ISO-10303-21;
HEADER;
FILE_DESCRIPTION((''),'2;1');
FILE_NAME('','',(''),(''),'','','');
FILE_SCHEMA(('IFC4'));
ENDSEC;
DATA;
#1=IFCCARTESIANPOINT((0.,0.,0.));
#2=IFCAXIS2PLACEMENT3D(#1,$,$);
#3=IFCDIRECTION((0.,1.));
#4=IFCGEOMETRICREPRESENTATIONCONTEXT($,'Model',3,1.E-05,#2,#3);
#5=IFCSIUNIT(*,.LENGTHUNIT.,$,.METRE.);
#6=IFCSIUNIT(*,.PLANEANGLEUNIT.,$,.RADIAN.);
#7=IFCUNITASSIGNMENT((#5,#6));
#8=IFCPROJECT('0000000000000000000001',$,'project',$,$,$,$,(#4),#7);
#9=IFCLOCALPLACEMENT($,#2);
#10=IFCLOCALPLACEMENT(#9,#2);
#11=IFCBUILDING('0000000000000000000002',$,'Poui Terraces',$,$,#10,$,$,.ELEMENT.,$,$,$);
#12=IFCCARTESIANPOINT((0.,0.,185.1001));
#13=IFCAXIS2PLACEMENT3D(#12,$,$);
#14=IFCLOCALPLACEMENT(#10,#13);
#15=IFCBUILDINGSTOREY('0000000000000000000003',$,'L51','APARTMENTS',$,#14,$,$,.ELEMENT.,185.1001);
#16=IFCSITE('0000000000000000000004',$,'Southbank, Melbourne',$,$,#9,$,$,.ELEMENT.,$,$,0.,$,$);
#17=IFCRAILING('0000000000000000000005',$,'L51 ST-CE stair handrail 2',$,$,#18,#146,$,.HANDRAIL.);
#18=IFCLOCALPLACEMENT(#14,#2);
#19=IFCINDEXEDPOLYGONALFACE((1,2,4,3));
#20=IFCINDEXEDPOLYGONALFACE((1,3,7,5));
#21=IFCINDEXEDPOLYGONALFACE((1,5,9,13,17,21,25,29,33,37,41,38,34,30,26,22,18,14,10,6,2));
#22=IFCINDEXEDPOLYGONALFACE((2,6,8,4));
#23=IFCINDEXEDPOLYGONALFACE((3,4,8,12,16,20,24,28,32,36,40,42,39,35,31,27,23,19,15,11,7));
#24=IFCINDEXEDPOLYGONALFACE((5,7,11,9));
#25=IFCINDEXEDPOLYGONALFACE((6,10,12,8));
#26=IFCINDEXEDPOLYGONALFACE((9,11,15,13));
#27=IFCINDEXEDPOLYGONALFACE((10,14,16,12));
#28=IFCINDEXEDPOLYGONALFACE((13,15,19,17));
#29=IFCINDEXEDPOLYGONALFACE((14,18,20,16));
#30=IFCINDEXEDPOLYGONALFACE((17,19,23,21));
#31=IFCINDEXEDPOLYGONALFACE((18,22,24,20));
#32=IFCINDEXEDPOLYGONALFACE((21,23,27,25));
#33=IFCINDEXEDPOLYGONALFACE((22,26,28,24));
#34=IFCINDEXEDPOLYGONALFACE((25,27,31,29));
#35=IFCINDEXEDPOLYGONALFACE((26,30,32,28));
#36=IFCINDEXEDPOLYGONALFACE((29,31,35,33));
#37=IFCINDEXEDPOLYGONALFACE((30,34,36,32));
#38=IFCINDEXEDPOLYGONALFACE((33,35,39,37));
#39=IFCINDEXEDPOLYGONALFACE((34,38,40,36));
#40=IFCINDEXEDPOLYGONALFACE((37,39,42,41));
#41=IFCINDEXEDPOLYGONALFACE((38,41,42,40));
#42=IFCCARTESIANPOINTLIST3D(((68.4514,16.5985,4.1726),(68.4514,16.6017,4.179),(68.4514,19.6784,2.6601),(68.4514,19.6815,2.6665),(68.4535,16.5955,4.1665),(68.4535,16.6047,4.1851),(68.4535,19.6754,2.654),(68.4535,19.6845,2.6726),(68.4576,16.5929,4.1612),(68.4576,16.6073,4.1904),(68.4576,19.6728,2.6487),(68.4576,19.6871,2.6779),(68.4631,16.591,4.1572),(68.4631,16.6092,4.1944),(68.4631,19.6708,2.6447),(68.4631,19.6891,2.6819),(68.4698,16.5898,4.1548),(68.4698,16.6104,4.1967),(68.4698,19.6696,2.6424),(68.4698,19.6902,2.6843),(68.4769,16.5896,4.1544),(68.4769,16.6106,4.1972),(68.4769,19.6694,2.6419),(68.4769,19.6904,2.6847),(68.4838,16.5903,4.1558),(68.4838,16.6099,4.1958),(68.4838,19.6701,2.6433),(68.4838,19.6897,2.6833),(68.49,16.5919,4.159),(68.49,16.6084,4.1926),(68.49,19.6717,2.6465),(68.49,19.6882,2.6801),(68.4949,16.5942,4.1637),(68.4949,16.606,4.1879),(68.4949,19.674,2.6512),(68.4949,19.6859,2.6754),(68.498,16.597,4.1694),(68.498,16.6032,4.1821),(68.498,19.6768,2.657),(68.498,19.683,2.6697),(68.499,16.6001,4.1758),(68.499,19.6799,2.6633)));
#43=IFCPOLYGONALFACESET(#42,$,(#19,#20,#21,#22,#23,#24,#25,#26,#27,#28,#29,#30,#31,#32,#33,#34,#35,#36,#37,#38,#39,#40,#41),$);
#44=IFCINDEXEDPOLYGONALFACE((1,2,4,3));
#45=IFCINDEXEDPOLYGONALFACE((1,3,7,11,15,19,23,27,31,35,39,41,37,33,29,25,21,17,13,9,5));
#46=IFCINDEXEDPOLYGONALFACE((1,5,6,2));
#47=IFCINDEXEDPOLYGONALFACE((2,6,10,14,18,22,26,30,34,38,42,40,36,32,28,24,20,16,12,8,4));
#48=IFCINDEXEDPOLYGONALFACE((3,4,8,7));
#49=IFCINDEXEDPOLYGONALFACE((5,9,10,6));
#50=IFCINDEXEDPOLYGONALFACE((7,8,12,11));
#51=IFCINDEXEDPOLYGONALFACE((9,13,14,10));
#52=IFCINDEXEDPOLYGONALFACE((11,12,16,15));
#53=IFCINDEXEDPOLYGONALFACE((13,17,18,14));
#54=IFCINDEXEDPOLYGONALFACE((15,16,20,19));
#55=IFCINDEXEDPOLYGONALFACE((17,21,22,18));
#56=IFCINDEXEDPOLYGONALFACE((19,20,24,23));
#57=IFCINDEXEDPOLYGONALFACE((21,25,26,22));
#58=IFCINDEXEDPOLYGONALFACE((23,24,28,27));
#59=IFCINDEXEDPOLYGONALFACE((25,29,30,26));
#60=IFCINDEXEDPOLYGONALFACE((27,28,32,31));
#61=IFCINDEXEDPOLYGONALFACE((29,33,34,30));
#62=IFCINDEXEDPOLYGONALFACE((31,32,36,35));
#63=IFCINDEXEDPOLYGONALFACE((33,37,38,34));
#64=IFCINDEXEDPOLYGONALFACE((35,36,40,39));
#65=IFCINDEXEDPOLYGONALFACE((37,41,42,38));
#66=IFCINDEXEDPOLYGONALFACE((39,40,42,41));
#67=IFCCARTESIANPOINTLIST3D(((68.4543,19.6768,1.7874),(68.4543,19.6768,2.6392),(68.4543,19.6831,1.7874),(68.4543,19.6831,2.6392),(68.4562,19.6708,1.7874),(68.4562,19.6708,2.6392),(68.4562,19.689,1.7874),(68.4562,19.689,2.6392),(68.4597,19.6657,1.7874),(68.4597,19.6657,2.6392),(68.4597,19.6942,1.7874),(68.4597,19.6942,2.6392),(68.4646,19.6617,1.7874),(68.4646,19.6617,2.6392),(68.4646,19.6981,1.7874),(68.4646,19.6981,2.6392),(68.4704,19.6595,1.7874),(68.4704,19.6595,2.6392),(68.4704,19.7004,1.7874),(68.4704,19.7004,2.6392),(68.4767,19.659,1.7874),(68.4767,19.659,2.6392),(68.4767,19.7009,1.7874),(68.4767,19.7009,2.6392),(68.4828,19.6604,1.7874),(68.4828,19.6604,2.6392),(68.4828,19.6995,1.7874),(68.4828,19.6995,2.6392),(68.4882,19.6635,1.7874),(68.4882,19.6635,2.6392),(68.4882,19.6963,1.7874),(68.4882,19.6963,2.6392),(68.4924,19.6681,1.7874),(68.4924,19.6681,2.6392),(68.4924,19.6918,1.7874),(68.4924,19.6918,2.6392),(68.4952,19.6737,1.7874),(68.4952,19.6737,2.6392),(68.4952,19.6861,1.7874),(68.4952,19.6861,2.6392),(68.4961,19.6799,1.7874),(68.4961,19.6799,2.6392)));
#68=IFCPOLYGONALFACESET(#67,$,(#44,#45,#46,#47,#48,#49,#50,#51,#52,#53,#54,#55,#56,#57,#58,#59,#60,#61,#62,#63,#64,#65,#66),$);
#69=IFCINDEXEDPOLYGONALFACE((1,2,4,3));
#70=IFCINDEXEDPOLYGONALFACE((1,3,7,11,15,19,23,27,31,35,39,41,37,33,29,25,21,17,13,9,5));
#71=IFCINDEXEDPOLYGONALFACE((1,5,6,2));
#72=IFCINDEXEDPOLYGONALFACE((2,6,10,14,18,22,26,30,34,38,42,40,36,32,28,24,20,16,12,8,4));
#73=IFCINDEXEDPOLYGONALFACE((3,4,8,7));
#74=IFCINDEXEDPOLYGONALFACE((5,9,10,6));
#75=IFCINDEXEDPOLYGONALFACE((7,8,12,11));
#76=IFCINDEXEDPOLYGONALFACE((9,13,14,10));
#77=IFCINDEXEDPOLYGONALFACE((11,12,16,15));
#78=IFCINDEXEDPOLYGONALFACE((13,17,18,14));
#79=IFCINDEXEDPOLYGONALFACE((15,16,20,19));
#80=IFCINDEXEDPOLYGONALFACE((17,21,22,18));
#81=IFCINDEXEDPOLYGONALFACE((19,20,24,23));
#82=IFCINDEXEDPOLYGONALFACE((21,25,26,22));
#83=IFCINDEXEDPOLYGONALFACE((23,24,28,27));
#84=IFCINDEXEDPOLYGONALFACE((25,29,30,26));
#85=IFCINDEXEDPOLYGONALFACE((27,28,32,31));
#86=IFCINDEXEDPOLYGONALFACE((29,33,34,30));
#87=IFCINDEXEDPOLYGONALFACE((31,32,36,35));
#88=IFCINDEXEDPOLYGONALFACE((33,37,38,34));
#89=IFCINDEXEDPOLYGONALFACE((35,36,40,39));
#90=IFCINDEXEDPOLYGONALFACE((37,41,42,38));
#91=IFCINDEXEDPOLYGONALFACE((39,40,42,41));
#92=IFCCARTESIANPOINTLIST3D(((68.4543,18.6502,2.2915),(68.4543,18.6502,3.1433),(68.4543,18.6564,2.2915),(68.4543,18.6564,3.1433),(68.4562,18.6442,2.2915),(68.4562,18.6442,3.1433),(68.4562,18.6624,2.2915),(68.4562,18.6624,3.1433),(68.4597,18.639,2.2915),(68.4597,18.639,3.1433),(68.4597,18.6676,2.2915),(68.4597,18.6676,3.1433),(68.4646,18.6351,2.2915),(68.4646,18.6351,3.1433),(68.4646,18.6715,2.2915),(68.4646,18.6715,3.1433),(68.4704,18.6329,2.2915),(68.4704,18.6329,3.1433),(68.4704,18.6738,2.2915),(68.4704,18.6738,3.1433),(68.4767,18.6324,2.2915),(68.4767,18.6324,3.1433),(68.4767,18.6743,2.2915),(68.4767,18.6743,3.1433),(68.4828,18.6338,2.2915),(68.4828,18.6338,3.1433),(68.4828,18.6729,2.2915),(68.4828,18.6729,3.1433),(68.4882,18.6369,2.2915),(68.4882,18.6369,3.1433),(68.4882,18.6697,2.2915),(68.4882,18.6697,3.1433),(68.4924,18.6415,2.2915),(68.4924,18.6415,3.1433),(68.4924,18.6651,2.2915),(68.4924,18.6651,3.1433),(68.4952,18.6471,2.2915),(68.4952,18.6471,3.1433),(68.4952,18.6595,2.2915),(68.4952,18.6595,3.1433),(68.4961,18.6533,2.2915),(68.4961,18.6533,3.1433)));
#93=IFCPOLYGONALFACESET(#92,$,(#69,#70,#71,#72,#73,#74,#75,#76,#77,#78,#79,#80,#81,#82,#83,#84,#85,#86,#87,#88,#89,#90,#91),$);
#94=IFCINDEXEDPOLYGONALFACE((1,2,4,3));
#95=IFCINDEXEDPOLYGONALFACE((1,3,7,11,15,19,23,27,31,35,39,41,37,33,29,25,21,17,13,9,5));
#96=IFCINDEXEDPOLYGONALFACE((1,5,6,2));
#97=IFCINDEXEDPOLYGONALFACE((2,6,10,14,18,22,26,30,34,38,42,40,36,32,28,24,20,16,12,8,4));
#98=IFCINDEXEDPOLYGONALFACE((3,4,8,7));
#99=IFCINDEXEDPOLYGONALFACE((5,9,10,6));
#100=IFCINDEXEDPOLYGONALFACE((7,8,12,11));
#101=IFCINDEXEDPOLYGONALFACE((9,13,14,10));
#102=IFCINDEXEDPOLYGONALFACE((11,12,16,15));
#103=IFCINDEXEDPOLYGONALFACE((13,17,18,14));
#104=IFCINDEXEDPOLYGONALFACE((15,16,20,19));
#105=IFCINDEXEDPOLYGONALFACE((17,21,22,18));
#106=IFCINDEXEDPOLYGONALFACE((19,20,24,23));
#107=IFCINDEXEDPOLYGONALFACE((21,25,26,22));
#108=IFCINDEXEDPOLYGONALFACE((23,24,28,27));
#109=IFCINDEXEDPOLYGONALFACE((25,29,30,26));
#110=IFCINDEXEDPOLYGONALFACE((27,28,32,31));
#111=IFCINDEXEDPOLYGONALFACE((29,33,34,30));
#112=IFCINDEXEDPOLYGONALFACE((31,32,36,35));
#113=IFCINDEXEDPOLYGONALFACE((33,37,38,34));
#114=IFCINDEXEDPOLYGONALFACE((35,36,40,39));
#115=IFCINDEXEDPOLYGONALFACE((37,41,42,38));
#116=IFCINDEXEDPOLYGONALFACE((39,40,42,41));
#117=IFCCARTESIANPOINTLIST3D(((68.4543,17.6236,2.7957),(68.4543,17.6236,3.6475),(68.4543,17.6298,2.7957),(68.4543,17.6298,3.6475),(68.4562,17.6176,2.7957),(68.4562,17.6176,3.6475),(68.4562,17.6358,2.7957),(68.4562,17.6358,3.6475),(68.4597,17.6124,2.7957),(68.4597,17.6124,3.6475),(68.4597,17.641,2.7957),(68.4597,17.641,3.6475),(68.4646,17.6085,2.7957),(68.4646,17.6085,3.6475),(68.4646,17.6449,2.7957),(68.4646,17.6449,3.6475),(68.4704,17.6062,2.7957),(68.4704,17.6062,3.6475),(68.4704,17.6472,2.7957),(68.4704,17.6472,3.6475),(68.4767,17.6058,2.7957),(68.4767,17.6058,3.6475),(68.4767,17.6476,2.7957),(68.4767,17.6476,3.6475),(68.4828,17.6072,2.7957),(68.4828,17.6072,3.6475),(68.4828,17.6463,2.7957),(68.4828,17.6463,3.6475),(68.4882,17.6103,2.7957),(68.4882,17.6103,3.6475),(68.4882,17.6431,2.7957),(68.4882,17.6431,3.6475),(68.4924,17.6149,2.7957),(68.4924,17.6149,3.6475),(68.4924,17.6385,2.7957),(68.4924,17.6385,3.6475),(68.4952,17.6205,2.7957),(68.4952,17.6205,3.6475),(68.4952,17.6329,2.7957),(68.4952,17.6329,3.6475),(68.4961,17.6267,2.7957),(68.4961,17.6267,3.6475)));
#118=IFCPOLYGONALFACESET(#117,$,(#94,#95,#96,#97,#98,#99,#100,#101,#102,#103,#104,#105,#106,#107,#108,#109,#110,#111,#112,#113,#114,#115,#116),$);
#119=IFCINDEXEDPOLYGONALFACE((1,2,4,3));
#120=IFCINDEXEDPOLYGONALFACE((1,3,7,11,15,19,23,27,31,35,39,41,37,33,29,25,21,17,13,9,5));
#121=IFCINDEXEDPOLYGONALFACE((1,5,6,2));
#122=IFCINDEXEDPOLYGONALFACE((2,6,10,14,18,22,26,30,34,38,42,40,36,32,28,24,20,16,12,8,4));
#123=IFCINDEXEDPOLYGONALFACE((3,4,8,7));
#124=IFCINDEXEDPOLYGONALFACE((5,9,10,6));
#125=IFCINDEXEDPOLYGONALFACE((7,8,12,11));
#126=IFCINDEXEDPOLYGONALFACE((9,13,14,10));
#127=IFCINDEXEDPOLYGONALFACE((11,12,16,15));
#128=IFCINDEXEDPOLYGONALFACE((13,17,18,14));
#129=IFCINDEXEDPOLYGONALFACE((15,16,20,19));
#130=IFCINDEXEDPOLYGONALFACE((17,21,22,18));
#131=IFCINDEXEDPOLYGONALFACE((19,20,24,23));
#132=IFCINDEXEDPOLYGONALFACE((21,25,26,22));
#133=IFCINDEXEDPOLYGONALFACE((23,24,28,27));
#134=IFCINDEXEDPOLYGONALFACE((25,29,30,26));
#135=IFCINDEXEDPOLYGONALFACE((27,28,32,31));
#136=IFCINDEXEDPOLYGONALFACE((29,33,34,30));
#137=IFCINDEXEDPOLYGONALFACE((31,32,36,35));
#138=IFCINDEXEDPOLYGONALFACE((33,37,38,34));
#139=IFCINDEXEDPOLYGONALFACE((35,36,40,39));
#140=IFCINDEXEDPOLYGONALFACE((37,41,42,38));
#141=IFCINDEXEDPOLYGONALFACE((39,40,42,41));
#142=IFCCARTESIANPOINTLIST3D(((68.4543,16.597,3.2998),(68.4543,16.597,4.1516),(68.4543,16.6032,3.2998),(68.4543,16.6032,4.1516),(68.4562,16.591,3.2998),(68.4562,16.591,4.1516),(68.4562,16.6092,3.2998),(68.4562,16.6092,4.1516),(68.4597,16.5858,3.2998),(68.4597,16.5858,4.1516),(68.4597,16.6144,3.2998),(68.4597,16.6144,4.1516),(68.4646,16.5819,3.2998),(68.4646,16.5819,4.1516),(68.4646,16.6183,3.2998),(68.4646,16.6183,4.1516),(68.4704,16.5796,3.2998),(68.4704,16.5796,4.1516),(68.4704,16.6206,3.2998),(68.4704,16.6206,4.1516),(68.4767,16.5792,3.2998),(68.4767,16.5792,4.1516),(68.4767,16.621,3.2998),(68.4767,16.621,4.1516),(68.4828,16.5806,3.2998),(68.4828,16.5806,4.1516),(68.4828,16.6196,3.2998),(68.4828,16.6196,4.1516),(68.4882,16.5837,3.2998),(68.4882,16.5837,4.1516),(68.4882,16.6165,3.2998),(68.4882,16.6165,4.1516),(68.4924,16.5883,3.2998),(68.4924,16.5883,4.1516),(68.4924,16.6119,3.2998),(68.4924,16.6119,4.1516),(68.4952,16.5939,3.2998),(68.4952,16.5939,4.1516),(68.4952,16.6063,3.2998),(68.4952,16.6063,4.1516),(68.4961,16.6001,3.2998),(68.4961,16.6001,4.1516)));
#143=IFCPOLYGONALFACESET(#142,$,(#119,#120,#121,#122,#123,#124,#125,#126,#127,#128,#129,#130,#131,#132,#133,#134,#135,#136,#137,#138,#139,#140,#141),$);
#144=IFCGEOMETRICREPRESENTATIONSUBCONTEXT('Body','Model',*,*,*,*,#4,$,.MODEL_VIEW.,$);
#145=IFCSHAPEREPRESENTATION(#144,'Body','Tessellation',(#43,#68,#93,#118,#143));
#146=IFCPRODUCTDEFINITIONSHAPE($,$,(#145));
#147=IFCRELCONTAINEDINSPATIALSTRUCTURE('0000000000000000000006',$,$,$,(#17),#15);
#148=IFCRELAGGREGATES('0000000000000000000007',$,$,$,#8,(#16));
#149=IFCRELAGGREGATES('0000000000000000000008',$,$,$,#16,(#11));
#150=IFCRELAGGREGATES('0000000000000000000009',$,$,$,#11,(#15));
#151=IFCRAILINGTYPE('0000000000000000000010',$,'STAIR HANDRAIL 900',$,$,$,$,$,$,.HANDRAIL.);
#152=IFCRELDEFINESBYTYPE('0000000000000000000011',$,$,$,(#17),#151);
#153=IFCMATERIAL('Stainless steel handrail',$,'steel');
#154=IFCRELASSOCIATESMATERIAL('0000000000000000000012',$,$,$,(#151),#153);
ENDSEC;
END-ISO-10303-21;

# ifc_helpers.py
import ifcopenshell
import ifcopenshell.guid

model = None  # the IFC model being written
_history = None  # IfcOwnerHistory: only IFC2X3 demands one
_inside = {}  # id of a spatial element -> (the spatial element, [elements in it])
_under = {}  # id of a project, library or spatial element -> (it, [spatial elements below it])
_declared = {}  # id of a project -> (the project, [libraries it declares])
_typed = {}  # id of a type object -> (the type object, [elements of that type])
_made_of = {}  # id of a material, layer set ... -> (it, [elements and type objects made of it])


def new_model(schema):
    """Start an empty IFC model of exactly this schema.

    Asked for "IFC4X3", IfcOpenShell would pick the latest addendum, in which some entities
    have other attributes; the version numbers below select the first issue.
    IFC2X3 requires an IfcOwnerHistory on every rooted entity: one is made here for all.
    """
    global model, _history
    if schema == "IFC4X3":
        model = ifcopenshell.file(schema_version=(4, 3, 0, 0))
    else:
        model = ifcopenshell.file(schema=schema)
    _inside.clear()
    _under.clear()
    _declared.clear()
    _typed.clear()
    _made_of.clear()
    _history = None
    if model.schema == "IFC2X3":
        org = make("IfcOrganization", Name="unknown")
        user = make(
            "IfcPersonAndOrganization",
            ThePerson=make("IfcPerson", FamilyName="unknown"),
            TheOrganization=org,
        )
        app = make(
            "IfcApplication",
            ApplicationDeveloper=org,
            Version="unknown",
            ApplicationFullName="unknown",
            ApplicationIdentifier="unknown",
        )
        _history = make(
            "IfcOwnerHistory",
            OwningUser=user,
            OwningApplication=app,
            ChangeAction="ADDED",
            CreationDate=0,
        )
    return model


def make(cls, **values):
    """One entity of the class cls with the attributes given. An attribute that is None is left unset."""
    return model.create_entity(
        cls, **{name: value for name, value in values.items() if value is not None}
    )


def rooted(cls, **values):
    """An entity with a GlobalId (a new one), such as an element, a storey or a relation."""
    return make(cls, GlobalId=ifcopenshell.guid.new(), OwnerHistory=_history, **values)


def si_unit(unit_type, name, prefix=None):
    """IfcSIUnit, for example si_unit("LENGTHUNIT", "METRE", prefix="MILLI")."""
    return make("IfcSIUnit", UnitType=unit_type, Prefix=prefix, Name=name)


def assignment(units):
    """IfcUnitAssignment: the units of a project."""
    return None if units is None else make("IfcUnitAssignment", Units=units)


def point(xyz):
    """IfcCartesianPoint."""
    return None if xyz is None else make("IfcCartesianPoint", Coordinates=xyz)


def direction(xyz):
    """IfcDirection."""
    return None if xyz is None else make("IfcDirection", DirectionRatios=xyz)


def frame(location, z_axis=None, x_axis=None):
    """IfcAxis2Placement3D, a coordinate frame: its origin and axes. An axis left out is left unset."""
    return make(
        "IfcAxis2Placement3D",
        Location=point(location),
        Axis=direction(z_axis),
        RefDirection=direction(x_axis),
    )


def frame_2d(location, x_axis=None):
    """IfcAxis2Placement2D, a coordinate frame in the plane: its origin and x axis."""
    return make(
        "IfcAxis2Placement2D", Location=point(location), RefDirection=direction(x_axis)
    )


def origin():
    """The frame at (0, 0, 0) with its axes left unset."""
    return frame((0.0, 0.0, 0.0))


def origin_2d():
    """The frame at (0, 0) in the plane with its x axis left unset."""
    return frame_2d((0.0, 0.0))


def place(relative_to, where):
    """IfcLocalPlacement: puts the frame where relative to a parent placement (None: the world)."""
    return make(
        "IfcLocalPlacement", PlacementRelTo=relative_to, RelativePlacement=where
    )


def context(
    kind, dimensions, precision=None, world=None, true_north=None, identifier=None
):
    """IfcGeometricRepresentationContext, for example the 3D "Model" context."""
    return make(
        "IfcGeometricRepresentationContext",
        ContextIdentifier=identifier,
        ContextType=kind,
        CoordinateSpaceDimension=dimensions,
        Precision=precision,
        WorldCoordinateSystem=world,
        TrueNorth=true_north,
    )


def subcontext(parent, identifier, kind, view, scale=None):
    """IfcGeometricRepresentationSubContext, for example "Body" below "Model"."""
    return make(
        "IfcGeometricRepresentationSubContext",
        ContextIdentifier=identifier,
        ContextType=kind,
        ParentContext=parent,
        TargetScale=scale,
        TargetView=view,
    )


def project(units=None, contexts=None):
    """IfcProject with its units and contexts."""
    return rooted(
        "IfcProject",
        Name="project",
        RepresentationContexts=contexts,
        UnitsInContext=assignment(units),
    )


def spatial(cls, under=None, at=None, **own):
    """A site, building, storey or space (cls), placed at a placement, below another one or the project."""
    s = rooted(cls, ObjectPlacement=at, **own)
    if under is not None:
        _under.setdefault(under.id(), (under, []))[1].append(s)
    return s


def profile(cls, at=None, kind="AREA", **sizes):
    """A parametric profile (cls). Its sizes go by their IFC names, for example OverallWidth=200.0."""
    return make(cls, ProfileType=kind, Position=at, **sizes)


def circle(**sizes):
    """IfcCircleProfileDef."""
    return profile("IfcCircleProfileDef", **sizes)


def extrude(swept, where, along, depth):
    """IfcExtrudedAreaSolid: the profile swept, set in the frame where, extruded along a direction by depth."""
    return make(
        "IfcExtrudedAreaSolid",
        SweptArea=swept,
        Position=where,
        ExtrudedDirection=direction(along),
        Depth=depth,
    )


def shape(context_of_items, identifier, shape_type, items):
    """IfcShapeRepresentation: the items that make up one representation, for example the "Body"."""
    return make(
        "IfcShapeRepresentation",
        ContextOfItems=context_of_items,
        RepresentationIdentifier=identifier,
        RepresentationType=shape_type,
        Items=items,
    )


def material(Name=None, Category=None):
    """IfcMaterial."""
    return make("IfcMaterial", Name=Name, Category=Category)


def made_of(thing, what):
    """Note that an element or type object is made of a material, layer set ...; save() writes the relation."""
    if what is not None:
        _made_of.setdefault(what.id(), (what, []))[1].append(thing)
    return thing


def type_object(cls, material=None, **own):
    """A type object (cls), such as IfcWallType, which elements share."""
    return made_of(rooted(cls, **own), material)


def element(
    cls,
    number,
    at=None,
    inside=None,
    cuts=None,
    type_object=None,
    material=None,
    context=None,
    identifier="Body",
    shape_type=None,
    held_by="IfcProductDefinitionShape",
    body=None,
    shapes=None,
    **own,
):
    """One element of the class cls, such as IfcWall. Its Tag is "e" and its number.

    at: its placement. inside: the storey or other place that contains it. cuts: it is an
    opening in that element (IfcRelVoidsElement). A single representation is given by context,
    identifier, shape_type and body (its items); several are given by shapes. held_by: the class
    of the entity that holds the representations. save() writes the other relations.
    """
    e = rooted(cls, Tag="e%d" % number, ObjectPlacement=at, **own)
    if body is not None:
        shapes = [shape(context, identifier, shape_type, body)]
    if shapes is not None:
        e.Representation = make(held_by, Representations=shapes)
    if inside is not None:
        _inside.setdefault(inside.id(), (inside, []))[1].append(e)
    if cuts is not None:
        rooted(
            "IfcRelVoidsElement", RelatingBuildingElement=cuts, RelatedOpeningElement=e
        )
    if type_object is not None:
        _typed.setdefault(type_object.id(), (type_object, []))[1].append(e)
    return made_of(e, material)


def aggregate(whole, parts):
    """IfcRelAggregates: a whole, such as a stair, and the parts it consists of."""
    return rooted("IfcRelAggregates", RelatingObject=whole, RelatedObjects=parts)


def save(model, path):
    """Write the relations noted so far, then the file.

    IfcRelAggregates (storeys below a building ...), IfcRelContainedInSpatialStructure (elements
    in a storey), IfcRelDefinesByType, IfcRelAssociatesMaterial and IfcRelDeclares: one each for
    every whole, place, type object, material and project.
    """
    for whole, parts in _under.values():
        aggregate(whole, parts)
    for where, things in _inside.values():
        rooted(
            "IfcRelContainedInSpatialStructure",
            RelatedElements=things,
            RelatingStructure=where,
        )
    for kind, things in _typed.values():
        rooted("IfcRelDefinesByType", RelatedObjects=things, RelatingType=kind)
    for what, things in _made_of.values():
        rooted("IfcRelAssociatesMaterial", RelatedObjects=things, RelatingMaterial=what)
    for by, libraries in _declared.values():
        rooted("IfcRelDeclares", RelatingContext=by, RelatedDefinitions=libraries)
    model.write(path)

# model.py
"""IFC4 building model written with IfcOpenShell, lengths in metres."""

from ifc_helpers import new_model, si_unit, direction, frame, origin, origin_2d, place, context, subcontext, project, spatial, circle, extrude, material, type_object, element, save


model = new_model("IFC4")

# Units and contexts
model_context = context("Model", 3, precision=1e-05, world=origin(), true_north=direction((0.0, 1.0)))
body_context = subcontext(model_context, "Body", "Model", "MODEL_VIEW")
ifc_project = project(units=[si_unit("LENGTHUNIT", "METRE"), si_unit("PLANEANGLEUNIT", "RADIAN")], contexts=[model_context])

# Site, building, storey
site_placement = place(None, origin())
site = spatial("IfcSite", under=ifc_project, at=site_placement, Name="Southbank, Melbourne", CompositionType="ELEMENT", RefElevation=0.0)
building_placement = place(site_placement, origin())
building = spatial("IfcBuilding", under=site, at=building_placement, Name="Poui Terraces", CompositionType="ELEMENT")
storey_placement = place(building_placement, frame((0.0, 0.0, 185.1001)))
storey = spatial("IfcBuildingStorey", under=building, at=storey_placement, Name="L51", Description="APARTMENTS", CompositionType="ELEMENT", Elevation=185.1001)

# Railing
ifc_material_1 = material(Name="Stainless steel handrail", Category="steel")
railing_type_1 = type_object("IfcRailingType", Name="STAIR HANDRAIL 900", PredefinedType="HANDRAIL", material=ifc_material_1)
railing_1_placement = place(storey_placement, frame((68.4751, 19.6799, 1.7874)))
element("IfcRailing", 1, at=railing_1_placement, inside=storey, type_object=railing_type_1, Name="L51 ST-CE stair handrail 2", PredefinedType="HANDRAIL", context=body_context, shape_type="SweptSolid", body=[
    extrude(circle(Radius=0.0239, at=origin_2d()), frame((0.0, 0.0, 0.876), z_axis=(0.0, -0.897606, 0.440798), x_axis=(1.0, 0.0, 0.0)), (0.0, 0.0, 1.0), 3.4312),
    extrude(circle(Radius=0.021, at=origin_2d()), origin(), (0.0, 0.0, 1.0), 0.8518),
    extrude(circle(Radius=0.021, at=origin_2d()), frame((0.0, -1.0266, 0.5042)), (0.0, 0.0, 1.0), 0.8518),
    extrude(circle(Radius=0.021, at=origin_2d()), frame((0.0, -2.0532, 1.0083)), (0.0, 0.0, 1.0), 0.8518),
    extrude(circle(Radius=0.021, at=origin_2d()), frame((0.0, -3.0798, 1.5125)), (0.0, 0.0, 1.0), 0.8518),
])

save(model, "model.ifc")
